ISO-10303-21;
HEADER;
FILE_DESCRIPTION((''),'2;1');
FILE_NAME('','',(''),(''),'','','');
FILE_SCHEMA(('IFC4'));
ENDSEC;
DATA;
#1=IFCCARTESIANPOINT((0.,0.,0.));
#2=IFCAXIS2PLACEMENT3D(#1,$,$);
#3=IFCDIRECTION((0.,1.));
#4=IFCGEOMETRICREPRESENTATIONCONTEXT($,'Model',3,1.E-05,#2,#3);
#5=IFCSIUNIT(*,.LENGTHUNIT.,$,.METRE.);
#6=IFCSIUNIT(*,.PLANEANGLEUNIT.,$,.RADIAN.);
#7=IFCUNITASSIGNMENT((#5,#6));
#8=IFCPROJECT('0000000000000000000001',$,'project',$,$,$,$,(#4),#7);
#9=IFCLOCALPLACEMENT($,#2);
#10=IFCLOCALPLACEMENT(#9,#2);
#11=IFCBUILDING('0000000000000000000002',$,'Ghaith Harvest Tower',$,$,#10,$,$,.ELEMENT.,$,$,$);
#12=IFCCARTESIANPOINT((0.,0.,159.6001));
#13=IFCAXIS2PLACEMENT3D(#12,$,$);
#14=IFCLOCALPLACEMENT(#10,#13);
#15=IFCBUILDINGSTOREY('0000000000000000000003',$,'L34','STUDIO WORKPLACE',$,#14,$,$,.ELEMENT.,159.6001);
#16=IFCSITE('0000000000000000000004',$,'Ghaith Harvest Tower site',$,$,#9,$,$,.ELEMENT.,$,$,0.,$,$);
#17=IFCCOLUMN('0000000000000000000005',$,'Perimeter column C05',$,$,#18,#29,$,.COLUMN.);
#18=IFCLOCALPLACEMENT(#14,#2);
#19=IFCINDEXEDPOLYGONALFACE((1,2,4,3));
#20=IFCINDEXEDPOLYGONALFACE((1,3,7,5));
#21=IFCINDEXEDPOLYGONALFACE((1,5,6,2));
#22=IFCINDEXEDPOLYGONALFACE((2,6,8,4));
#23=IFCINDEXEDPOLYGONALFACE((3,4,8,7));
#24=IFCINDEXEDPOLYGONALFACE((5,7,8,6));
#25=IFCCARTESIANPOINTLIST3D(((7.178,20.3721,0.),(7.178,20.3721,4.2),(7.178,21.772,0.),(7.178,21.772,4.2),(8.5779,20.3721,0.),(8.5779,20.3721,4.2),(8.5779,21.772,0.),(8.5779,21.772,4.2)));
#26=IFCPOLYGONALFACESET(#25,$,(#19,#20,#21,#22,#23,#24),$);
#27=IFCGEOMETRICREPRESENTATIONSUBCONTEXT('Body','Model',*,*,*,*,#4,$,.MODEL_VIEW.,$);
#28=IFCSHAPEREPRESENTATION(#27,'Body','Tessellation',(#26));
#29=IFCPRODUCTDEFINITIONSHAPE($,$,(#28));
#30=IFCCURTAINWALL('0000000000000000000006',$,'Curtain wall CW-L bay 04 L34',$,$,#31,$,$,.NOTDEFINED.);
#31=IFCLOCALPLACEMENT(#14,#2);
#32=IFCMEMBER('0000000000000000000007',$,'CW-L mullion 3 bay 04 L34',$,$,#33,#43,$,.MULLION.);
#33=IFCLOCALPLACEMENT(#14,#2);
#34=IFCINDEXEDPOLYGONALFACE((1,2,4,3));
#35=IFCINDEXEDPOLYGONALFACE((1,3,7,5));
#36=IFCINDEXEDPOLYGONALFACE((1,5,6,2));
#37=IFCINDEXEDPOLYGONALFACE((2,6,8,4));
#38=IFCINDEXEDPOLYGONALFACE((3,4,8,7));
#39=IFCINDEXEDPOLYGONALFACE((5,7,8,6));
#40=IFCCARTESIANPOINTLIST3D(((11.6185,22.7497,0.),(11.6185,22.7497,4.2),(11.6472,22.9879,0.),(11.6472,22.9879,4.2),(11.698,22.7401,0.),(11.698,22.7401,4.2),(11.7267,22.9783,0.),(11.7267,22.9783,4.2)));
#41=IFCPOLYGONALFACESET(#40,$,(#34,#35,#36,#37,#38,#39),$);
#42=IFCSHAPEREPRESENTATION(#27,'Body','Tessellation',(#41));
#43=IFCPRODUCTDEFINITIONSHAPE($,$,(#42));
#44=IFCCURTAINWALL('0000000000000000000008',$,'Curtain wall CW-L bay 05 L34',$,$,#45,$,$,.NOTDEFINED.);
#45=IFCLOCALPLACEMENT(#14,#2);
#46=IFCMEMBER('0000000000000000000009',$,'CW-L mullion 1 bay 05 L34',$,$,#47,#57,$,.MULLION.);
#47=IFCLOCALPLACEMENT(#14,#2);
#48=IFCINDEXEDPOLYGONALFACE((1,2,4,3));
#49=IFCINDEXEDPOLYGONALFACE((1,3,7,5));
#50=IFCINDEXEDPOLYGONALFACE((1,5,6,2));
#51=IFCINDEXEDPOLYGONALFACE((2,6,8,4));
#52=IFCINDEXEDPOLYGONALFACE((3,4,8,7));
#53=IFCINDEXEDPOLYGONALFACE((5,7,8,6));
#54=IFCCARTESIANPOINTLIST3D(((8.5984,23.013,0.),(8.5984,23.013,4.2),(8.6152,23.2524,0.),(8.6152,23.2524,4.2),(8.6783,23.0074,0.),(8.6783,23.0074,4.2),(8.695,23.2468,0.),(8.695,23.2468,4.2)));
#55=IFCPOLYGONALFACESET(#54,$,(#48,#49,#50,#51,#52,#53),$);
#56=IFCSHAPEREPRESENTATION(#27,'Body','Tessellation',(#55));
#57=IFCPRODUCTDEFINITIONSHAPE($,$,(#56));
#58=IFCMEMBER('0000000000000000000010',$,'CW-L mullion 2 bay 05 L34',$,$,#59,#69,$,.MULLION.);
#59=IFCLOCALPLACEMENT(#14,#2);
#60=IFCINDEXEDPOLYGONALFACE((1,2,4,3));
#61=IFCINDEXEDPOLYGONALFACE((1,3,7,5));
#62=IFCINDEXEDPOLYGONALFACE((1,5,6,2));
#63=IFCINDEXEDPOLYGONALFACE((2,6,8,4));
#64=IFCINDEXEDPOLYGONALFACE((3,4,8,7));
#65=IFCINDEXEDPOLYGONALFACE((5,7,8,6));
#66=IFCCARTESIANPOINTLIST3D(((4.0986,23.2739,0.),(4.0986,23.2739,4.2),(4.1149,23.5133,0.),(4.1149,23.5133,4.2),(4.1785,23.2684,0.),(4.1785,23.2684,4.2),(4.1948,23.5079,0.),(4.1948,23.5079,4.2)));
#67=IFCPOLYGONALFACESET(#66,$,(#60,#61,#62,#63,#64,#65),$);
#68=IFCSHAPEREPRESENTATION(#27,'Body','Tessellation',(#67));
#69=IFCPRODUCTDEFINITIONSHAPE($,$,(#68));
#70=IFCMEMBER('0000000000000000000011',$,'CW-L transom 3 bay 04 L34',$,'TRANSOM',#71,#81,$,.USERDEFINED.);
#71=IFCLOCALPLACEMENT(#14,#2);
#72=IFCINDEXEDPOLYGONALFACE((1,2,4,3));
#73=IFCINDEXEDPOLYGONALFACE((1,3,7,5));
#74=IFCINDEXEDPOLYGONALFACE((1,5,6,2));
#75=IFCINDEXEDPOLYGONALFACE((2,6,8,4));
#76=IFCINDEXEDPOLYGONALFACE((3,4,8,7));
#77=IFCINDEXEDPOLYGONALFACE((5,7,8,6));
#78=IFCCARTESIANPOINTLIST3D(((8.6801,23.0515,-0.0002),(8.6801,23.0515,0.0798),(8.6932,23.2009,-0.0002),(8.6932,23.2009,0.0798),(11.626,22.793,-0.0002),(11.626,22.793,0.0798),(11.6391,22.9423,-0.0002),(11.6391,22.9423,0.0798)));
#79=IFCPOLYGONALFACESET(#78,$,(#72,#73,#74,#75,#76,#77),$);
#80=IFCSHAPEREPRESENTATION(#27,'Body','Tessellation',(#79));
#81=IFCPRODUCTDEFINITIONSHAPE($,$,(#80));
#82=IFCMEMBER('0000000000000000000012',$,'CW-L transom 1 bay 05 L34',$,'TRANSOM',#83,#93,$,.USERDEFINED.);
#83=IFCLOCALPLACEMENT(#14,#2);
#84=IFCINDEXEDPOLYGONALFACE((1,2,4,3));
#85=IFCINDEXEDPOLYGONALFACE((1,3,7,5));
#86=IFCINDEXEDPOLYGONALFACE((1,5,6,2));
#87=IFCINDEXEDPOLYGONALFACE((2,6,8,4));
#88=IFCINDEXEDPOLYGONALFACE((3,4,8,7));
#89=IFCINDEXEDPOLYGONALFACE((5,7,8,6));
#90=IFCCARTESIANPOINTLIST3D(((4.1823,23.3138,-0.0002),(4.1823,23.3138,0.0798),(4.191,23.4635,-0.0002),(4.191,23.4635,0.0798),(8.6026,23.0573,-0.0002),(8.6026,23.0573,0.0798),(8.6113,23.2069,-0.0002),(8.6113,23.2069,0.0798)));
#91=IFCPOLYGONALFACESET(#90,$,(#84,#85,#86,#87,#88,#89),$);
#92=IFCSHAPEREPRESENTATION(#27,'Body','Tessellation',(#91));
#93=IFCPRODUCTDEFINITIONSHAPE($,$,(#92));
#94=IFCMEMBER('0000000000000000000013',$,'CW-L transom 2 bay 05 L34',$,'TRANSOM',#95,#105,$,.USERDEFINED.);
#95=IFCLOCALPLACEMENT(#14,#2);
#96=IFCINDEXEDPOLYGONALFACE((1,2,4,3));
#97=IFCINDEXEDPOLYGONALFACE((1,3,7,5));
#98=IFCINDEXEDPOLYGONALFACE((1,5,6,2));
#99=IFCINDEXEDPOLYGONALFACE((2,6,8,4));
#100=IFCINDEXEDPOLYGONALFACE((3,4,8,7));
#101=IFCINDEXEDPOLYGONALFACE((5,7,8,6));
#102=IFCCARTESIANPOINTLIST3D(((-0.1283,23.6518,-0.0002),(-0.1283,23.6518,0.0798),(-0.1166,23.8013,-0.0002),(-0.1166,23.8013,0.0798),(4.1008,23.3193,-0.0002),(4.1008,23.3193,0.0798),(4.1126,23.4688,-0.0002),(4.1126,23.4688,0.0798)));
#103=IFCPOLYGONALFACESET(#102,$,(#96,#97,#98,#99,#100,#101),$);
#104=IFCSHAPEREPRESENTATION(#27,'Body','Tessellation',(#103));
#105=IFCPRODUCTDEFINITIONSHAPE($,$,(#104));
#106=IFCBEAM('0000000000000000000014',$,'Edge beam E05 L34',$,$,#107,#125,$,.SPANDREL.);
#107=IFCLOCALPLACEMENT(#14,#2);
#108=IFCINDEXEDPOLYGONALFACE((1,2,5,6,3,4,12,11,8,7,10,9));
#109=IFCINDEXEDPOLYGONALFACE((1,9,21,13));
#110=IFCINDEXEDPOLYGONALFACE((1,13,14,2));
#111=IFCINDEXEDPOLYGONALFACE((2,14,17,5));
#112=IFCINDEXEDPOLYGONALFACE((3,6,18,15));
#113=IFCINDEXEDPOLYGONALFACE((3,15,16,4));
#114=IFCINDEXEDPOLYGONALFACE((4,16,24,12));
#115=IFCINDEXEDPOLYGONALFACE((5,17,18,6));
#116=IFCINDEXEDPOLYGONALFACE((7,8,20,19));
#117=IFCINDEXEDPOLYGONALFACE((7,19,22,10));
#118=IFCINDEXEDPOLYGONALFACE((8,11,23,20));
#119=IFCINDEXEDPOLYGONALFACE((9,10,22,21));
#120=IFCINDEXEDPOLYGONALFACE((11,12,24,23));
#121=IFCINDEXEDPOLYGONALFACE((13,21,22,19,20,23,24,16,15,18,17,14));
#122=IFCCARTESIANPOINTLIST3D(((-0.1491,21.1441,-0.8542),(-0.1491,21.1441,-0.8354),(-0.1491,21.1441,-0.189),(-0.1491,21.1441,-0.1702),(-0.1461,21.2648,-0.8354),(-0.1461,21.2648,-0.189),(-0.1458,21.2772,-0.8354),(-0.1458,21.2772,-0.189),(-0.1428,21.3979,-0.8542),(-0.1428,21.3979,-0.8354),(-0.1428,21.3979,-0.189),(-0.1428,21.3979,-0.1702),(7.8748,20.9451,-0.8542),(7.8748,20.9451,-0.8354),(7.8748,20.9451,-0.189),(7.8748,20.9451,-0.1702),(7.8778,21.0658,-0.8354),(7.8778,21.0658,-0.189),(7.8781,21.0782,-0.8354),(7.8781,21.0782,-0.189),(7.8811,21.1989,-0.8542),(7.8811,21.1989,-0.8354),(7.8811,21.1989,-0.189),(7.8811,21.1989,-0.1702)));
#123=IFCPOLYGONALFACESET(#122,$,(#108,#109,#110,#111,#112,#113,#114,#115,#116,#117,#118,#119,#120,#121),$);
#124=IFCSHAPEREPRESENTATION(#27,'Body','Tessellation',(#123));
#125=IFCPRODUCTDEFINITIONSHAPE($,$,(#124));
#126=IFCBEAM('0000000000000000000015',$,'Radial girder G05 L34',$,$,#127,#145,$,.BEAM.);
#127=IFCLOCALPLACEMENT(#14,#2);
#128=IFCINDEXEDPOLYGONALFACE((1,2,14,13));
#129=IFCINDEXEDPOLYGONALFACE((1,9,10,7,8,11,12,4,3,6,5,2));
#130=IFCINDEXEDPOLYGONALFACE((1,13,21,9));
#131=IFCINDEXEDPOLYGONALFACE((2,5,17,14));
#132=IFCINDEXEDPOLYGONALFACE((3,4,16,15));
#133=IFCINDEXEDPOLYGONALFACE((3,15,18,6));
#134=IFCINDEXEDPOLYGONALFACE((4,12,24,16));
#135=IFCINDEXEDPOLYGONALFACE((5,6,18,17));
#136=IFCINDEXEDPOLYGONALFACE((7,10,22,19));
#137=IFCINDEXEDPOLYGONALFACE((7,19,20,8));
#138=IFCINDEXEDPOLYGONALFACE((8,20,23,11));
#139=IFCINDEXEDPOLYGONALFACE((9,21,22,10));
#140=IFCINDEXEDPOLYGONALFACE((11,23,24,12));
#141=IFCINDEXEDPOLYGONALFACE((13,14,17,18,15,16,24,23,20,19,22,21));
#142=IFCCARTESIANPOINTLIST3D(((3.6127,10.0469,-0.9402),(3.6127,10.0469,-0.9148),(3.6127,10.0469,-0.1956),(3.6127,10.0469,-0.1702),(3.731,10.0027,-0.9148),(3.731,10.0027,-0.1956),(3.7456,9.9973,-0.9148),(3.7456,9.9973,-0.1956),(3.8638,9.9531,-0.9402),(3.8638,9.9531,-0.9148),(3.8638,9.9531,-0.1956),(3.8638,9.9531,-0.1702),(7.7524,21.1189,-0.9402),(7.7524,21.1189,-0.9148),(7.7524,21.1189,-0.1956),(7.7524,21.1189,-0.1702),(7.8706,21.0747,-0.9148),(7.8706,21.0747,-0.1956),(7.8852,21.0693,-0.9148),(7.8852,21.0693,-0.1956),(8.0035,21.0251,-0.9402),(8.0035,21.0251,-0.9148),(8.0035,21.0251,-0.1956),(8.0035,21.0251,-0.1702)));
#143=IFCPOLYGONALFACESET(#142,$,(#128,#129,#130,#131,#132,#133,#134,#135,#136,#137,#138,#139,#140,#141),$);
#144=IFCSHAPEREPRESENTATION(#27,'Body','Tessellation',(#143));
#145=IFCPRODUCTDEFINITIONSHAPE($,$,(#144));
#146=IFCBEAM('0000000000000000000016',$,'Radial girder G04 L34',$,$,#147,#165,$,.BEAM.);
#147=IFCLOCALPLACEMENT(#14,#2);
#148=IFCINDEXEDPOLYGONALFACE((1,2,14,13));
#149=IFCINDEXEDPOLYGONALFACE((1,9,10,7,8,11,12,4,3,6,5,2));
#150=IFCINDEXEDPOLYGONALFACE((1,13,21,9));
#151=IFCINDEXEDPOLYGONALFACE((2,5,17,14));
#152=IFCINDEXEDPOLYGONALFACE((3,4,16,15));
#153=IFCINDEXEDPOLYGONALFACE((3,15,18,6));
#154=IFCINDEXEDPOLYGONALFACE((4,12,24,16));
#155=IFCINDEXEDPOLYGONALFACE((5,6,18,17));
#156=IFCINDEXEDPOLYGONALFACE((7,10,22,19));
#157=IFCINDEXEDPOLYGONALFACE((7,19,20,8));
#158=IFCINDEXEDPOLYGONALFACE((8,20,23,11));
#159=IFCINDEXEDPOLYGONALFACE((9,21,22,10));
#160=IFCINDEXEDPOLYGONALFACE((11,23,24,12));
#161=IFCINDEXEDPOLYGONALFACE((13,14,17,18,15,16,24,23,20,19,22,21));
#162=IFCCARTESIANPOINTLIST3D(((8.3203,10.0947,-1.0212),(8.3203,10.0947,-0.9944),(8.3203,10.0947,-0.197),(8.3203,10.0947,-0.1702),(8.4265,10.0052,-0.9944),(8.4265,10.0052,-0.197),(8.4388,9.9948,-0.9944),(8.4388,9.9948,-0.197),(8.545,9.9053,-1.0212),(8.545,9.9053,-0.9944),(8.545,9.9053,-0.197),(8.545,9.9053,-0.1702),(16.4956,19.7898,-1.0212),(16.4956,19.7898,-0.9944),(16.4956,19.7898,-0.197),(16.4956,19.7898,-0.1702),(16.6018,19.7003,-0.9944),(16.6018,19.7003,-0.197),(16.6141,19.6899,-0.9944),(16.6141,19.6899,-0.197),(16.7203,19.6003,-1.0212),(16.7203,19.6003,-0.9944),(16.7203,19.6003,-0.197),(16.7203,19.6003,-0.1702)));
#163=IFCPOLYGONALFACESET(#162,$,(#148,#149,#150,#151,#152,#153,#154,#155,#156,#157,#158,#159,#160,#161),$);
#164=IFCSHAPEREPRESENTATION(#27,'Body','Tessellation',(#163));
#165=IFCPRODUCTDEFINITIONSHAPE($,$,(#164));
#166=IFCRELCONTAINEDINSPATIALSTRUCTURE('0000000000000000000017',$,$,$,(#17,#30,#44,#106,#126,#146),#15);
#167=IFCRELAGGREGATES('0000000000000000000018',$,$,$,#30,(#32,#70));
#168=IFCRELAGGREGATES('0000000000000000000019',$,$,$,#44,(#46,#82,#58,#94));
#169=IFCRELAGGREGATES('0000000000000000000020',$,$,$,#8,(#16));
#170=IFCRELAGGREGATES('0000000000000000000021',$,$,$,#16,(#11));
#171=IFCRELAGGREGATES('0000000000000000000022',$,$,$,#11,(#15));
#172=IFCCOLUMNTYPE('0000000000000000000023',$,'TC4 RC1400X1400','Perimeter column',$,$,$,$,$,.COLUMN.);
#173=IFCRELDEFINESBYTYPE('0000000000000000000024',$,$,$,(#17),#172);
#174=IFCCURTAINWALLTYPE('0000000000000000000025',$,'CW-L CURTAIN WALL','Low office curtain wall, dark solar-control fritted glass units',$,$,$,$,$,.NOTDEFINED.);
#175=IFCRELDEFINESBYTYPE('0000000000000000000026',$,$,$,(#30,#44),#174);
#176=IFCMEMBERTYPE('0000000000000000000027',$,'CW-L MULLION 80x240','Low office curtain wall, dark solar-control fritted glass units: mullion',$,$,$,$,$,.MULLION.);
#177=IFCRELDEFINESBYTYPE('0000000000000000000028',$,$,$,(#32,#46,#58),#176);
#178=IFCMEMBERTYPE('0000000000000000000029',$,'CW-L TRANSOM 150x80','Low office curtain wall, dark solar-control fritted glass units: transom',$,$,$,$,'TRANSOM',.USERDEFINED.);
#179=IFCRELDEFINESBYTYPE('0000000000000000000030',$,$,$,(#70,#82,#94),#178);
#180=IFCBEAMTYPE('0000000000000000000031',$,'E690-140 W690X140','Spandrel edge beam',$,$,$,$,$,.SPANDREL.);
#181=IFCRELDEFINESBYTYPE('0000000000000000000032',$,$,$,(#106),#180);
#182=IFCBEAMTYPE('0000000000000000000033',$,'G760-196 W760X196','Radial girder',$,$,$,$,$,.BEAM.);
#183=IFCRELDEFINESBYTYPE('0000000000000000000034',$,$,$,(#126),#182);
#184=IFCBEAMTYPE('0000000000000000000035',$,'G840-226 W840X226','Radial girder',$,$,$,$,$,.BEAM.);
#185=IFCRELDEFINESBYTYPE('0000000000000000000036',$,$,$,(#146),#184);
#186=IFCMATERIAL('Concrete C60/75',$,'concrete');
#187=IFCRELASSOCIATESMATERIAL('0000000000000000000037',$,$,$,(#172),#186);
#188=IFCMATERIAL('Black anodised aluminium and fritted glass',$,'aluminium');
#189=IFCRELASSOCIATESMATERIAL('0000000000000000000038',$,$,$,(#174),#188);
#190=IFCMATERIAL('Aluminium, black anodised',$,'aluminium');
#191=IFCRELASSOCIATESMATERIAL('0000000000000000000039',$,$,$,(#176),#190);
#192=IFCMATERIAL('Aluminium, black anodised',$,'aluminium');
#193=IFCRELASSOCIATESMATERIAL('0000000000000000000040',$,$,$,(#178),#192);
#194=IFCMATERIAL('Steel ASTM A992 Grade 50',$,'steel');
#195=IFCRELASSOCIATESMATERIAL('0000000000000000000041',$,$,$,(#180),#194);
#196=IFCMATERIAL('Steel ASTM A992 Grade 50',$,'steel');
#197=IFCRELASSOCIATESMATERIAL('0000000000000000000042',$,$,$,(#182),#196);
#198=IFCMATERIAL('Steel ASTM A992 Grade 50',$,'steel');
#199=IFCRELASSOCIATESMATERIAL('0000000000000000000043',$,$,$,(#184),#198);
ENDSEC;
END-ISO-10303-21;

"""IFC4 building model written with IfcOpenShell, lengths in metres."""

from ifc_helpers import new_model, si_unit, direction, frame, origin, origin_2d, place, context, subcontext, project, spatial, rectangle, i_section, extrude, material, material_profile, profile_set, type_object, element, aggregate, save


model = new_model("IFC4")

# Units and contexts
model_context = context("Model", 3, precision=1e-05, world=origin(), true_north=direction((0.0, 1.0)))
body_context = subcontext(model_context, "Body", "Model", "MODEL_VIEW")
ifc_project = project(units=[si_unit("LENGTHUNIT", "METRE"), si_unit("PLANEANGLEUNIT", "RADIAN")], contexts=[model_context])

# Site, building, storey
site_placement = place(None, origin())
site = spatial("IfcSite", under=ifc_project, at=site_placement, Name="Ghaith Harvest Tower site", CompositionType="ELEMENT", RefElevation=0.0)
building_placement = place(site_placement, origin())
building = spatial("IfcBuilding", under=site, at=building_placement, Name="Ghaith Harvest Tower", CompositionType="ELEMENT")
storey_placement = place(building_placement, frame((0.0, 0.0, 159.6001)))
storey = spatial("IfcBuildingStorey", under=building, at=storey_placement, Name="L34", Description="STUDIO WORKPLACE", CompositionType="ELEMENT", Elevation=159.6001)

# Column
ifc_material_1 = material(Name="Concrete C60/75", Category="concrete")
ifc_material_profile_1 = material_profile(ifc_material_1, rectangle(XDim=1.3999, YDim=1.3999, at=origin_2d()), Name="RC1400X1400")
ifc_profile_set_1 = profile_set([ifc_material_profile_1], Name="Concrete C60/75")
column_type = type_object("IfcColumnType", Name="TC4 RC1400X1400", Description="Perimeter column", PredefinedType="COLUMN", material=ifc_profile_set_1)
column_placement = place(storey_placement, frame((7.8779, 21.072, 0.0), z_axis=(0.0, 0.0, 1.0), x_axis=(1.0, 0.0, 0.0)))
element("IfcColumn", 1, at=column_placement, inside=storey, type_object=column_type, Name="Perimeter column C05", PredefinedType="COLUMN", context=body_context, shape_type="SweptSolid", body=[
    extrude(rectangle(XDim=1.3999, YDim=1.3999, at=origin_2d()), origin(), (0.0, 0.0, 1.0), 4.2),
])

# Curtain wall, member
ifc_material_2 = material(Name="Black anodised aluminium and fritted glass", Category="aluminium")
curtain_wall_type = type_object("IfcCurtainWallType", Name="CW-L CURTAIN WALL", Description="Low office curtain wall, dark solar-control fritted glass units", PredefinedType="NOTDEFINED", material=ifc_material_2)
curtain_wall_1_placement = place(storey_placement, origin())
curtain_wall_1 = element("IfcCurtainWall", 2, at=curtain_wall_1_placement, inside=storey, type_object=curtain_wall_type, Name="Curtain wall CW-L bay 04 L34", PredefinedType="NOTDEFINED")
ifc_material_3 = material(Name="Aluminium, black anodised", Category="aluminium")
ifc_material_profile_2 = material_profile(ifc_material_3, rectangle(XDim=0.0801, YDim=0.24, at=origin_2d()), Name="CW-L MULLION 80x240")
ifc_profile_set_2 = profile_set([ifc_material_profile_2], Name="Aluminium, black anodised")
member_type_1 = type_object("IfcMemberType", Name="CW-L MULLION 80x240", Description="Low office curtain wall, dark solar-control fritted glass units: mullion", PredefinedType="MULLION", material=ifc_profile_set_2)
member_1_placement = place(storey_placement, frame((11.6726, 22.864, 0.0), z_axis=(0.0, 0.0, 1.0), x_axis=(-0.9928, 0.11978, 0.0)))
member_1 = element("IfcMember", 3, at=member_1_placement, type_object=member_type_1, Name="CW-L mullion 3 bay 04 L34", PredefinedType="MULLION", context=body_context, shape_type="SweptSolid", body=[
    extrude(rectangle(XDim=0.0801, YDim=0.24, at=origin_2d()), origin(), (0.0, 0.0, 1.0), 4.2),
])

# Curtain wall, members
curtain_wall_2_placement = place(storey_placement, origin())
curtain_wall_2 = element("IfcCurtainWall", 4, at=curtain_wall_2_placement, inside=storey, type_object=curtain_wall_type, Name="Curtain wall CW-L bay 05 L34", PredefinedType="NOTDEFINED")
member_2_placement = place(storey_placement, frame((8.6467, 23.1299, 0.0), z_axis=(0.0, 0.0, 1.0), x_axis=(-0.997559, 0.069832, 0.0)))
member_2 = element("IfcMember", 5, at=member_2_placement, type_object=member_type_1, Name="CW-L mullion 1 bay 05 L34", PredefinedType="MULLION", context=body_context, shape_type="SweptSolid", body=[
    extrude(rectangle(XDim=0.0801, YDim=0.24, at=origin_2d()), origin(), (0.0, 0.0, 1.0), 4.2),
])
member_3_placement = place(storey_placement, frame((4.1467, 23.3909, 0.0), z_axis=(0.0, 0.0, 1.0), x_axis=(-0.99769, 0.067933, 0.0)))
member_3 = element("IfcMember", 6, at=member_3_placement, type_object=member_type_1, Name="CW-L mullion 2 bay 05 L34", PredefinedType="MULLION", context=body_context, shape_type="SweptSolid", body=[
    extrude(rectangle(XDim=0.0801, YDim=0.24, at=origin_2d()), origin(), (0.0, 0.0, 1.0), 4.2),
])

# Members
ifc_material_4 = material(Name="Aluminium, black anodised", Category="aluminium")
ifc_material_profile_3 = material_profile(ifc_material_4, rectangle(XDim=0.1499, YDim=0.0801, at=origin_2d()), Name="CW-L TRANSOM 150x80")
ifc_profile_set_3 = profile_set([ifc_material_profile_3], Name="Aluminium, black anodised")
member_type_2 = type_object("IfcMemberType", Name="CW-L TRANSOM 150x80", Description="Low office curtain wall, dark solar-control fritted glass units: transom", ElementType="TRANSOM", PredefinedType="USERDEFINED", material=ifc_profile_set_3)
member_4_placement = place(storey_placement, frame((11.6326, 22.8677, 0.0398), z_axis=(-0.996171, 0.087424, 0.0), x_axis=(-0.087424, -0.996171, 0.0)))
member_4 = element("IfcMember", 7, at=member_4_placement, type_object=member_type_2, Name="CW-L transom 3 bay 04 L34", ObjectType="TRANSOM", PredefinedType="USERDEFINED", context=body_context, shape_type="SweptSolid", body=[
    extrude(rectangle(XDim=0.1499, YDim=0.0801, at=origin_2d()), origin(), (0.0, 0.0, 1.0), 2.9573),
])
member_5_placement = place(storey_placement, frame((8.6069, 23.1321, 0.0398), z_axis=(-0.99832, 0.05795, 0.0), x_axis=(-0.05795, -0.99832, 0.0)))
member_5 = element("IfcMember", 8, at=member_5_placement, type_object=member_type_2, Name="CW-L transom 1 bay 05 L34", ObjectType="TRANSOM", PredefinedType="USERDEFINED", context=body_context, shape_type="SweptSolid", body=[
    extrude(rectangle(XDim=0.1499, YDim=0.0801, at=origin_2d()), origin(), (0.0, 0.0, 1.0), 4.4277),
])
member_6_placement = place(storey_placement, frame((4.1067, 23.394, 0.0398), z_axis=(-0.996923, 0.078382, 0.0), x_axis=(-0.078382, -0.996923, 0.0)))
member_6 = element("IfcMember", 9, at=member_6_placement, type_object=member_type_2, Name="CW-L transom 2 bay 05 L34", ObjectType="TRANSOM", PredefinedType="USERDEFINED", context=body_context, shape_type="SweptSolid", body=[
    extrude(rectangle(XDim=0.1499, YDim=0.0801, at=origin_2d()), origin(), (0.0, 0.0, 1.0), 4.2422),
])

# Beams
ifc_material_5 = material(Name="Steel ASTM A992 Grade 50", Category="steel")
ifc_material_profile_4 = material_profile(ifc_material_5, i_section(OverallWidth=0.2539, OverallDepth=0.6841, WebThickness=0.0125, FlangeThickness=0.0188, at=origin_2d()), Name="W690X140")
ifc_profile_set_4 = profile_set([ifc_material_profile_4], Name="Steel ASTM A992 Grade 50")
beam_type_1 = type_object("IfcBeamType", Name="E690-140 W690X140", Description="Spandrel edge beam", PredefinedType="SPANDREL", material=ifc_profile_set_4)
beam_1_placement = place(storey_placement, frame((7.8779, 21.072, -0.5122), z_axis=(-0.999693, 0.02479, 0.0), x_axis=(-0.02479, -0.999693, 0.0)))
element("IfcBeam", 10, at=beam_1_placement, inside=storey, type_object=beam_type_1, Name="Edge beam E05 L34", PredefinedType="SPANDREL", context=body_context, shape_type="SweptSolid", body=[
    extrude(i_section(OverallWidth=0.2539, OverallDepth=0.6841, WebThickness=0.0125, FlangeThickness=0.0188, at=origin_2d()), origin(), (0.0, 0.0, 1.0), 8.0264),
])
ifc_material_6 = material(Name="Steel ASTM A992 Grade 50", Category="steel")
ifc_material_profile_5 = material_profile(ifc_material_6, i_section(OverallWidth=0.2681, OverallDepth=0.77, WebThickness=0.0156, FlangeThickness=0.0254, at=origin_2d()), Name="W760X196")
ifc_profile_set_5 = profile_set([ifc_material_profile_5], Name="Steel ASTM A992 Grade 50")
beam_type_2 = type_object("IfcBeamType", Name="G760-196 W760X196", Description="Radial girder", PredefinedType="BEAM", material=ifc_profile_set_5)
beam_2_placement = place(storey_placement, frame((3.7383, 10.0, -0.5552), z_axis=(0.350207, 0.936672, 0.0), x_axis=(-0.936672, 0.350207, 0.0)))
element("IfcBeam", 11, at=beam_2_placement, inside=storey, type_object=beam_type_2, Name="Radial girder G05 L34", PredefinedType="BEAM", context=body_context, shape_type="SweptSolid", body=[
    extrude(i_section(OverallWidth=0.2681, OverallDepth=0.77, WebThickness=0.0156, FlangeThickness=0.0254, at=origin_2d()), origin(), (0.0, 0.0, 1.0), 11.8206),
])
ifc_material_7 = material(Name="Steel ASTM A992 Grade 50", Category="steel")
ifc_material_profile_6 = material_profile(ifc_material_7, i_section(OverallWidth=0.2939, OverallDepth=0.8511, WebThickness=0.0161, FlangeThickness=0.0269, at=origin_2d()), Name="W840X226")
ifc_profile_set_6 = profile_set([ifc_material_profile_6], Name="Steel ASTM A992 Grade 50")
beam_type_3 = type_object("IfcBeamType", Name="G840-226 W840X226", Description="Radial girder", PredefinedType="BEAM", material=ifc_profile_set_6)
beam_3_placement = place(storey_placement, frame((8.4326, 10.0, -0.5957), z_axis=(0.644644, 0.764483, 0.0), x_axis=(-0.764483, 0.644644, 0.0)))
element("IfcBeam", 12, at=beam_3_placement, inside=storey, type_object=beam_type_3, Name="Radial girder G04 L34", PredefinedType="BEAM", context=body_context, shape_type="SweptSolid", body=[
    extrude(i_section(OverallWidth=0.2939, OverallDepth=0.8511, WebThickness=0.0161, FlangeThickness=0.0269, at=origin_2d()), origin(), (0.0, 0.0, 1.0), 12.6819),
])

aggregate(curtain_wall_1, [member_1, member_4])
aggregate(curtain_wall_2, [member_2, member_5, member_3, member_6])

save(model, "model.ifc")
